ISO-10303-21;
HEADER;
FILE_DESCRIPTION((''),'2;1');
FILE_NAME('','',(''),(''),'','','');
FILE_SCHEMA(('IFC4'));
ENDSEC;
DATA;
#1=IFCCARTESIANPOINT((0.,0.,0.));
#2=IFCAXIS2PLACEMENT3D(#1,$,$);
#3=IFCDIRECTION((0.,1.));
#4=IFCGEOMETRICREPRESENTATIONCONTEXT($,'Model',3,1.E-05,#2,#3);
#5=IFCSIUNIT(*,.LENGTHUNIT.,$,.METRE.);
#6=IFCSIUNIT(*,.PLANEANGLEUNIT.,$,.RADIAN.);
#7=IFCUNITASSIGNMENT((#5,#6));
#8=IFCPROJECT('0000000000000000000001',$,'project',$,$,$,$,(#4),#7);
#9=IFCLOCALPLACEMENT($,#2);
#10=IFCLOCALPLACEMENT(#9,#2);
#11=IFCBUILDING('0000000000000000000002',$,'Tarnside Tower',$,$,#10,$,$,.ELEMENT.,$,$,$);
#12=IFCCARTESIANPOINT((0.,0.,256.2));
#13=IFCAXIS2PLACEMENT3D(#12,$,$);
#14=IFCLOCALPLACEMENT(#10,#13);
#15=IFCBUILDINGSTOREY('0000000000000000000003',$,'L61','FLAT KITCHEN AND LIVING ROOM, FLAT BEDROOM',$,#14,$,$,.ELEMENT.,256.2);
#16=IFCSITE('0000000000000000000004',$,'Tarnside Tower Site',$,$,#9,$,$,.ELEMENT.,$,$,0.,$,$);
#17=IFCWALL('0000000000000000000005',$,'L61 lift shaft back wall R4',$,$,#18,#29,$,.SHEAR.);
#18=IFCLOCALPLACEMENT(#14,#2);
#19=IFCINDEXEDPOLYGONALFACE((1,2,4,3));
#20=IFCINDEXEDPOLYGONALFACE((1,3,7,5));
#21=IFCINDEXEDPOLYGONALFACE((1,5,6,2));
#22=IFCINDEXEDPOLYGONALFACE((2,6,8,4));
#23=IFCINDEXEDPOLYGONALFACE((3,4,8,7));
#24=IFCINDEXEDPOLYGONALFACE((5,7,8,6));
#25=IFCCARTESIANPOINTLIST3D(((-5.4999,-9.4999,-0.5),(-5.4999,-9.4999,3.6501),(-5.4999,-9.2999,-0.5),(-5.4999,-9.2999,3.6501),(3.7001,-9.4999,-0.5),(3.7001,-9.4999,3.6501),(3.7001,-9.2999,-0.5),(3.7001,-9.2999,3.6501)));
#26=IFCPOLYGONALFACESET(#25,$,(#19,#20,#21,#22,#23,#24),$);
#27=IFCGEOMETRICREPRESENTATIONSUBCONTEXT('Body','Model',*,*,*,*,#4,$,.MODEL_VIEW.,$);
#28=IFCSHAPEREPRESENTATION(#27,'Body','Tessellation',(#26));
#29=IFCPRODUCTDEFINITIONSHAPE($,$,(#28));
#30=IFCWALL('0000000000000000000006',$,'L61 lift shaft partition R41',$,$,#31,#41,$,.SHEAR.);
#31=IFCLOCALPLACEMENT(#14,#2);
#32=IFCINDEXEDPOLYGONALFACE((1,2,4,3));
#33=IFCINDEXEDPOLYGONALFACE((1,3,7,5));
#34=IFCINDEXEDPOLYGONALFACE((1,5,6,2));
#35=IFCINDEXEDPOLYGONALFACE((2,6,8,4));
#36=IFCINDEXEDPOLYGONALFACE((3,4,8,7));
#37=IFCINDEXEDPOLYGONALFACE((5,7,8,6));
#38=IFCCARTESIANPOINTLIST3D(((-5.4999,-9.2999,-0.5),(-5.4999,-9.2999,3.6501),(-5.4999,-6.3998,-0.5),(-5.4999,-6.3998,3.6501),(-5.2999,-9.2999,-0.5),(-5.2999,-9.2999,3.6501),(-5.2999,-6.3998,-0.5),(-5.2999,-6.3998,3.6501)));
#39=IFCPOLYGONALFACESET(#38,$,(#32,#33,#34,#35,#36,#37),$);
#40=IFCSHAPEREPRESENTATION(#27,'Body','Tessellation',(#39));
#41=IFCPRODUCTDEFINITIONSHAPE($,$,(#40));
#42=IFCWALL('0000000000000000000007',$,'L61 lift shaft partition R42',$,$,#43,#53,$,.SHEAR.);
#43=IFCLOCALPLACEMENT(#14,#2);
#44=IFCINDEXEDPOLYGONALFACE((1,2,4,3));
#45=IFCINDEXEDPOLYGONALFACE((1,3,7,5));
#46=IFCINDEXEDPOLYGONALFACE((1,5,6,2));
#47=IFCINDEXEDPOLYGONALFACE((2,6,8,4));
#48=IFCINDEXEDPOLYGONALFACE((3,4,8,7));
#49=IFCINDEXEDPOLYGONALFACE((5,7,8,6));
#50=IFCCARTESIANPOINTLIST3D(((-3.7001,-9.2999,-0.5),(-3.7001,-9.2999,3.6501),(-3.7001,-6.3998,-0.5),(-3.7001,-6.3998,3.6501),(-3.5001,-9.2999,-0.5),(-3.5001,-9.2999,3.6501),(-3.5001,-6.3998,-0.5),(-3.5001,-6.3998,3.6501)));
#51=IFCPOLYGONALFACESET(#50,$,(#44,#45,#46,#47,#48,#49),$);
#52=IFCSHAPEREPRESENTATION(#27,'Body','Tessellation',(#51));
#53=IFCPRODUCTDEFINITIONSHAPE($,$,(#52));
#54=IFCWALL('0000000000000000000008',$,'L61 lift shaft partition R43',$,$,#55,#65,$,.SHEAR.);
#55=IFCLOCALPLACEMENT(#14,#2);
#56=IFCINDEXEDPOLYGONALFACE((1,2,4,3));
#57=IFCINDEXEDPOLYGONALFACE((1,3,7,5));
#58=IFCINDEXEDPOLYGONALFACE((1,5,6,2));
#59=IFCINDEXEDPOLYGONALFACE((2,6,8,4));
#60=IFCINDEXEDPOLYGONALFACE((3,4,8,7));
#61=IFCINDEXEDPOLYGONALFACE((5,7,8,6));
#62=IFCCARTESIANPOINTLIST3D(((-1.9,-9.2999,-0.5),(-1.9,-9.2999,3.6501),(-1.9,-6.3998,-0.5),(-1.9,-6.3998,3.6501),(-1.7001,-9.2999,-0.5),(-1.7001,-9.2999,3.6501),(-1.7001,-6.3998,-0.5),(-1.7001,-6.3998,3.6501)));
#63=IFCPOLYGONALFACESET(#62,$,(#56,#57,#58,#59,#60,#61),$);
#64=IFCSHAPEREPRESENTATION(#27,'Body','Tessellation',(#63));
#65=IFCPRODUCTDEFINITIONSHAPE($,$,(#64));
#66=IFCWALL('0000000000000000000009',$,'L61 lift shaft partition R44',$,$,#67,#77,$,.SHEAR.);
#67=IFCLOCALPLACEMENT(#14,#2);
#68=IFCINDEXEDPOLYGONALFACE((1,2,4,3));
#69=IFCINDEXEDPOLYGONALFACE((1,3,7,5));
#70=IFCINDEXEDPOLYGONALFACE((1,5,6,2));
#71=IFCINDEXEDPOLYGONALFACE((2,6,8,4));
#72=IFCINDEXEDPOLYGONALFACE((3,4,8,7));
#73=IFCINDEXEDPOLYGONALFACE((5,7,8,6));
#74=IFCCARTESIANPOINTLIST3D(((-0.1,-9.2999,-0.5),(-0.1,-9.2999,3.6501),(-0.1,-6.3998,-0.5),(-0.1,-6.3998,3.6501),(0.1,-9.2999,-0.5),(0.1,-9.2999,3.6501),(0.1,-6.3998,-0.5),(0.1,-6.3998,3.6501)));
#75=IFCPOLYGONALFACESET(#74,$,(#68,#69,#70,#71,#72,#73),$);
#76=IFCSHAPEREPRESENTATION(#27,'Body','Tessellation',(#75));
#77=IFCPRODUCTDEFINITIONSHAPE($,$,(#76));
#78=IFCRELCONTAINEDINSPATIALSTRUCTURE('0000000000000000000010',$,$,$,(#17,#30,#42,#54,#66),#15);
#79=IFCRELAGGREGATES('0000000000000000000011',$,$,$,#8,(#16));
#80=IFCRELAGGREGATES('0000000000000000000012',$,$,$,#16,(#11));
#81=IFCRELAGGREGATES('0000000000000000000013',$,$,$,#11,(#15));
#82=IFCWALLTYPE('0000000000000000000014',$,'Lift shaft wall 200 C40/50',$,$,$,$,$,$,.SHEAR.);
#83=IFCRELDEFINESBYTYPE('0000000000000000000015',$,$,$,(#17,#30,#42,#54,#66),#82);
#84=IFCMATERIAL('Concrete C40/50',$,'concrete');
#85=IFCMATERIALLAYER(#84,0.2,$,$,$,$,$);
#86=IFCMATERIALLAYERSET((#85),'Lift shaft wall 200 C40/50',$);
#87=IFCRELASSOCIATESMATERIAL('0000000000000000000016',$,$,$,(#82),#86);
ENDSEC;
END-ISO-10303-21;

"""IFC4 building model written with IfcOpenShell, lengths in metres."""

from ifc_helpers import new_model, si_unit, direction, frame, frame_2d, origin, place, context, subcontext, project, spatial, rectangle, extrude, material, layer, layer_set, type_object, element, save


model = new_model("IFC4")

# Units and contexts
model_context = context("Model", 3, precision=1e-05, world=origin(), true_north=direction((0.0, 1.0)))
body_context = subcontext(model_context, "Body", "Model", "MODEL_VIEW")
ifc_project = project(units=[si_unit("LENGTHUNIT", "METRE"), si_unit("PLANEANGLEUNIT", "RADIAN")], contexts=[model_context])

# Site, building, storey
site_placement = place(None, origin())
site = spatial("IfcSite", under=ifc_project, at=site_placement, Name="Tarnside Tower Site", CompositionType="ELEMENT", RefElevation=0.0)
building_placement = place(site_placement, origin())
building = spatial("IfcBuilding", under=site, at=building_placement, Name="Tarnside Tower", CompositionType="ELEMENT")
storey_placement = place(building_placement, frame((0.0, 0.0, 256.2)))
storey = spatial("IfcBuildingStorey", under=building, at=storey_placement, Name="L61", Description="FLAT KITCHEN AND LIVING ROOM, FLAT BEDROOM", CompositionType="ELEMENT", Elevation=256.2)

# Walls
ifc_material_1 = material(Name="Concrete C40/50", Category="concrete")
ifc_layer_1 = layer(ifc_material_1, 0.2)
ifc_layer_set_1 = layer_set([ifc_layer_1], Name="Lift shaft wall 200 C40/50")
wall_type_1 = type_object("IfcWallType", Name="Lift shaft wall 200 C40/50", PredefinedType="SHEAR", material=ifc_layer_set_1)
wall_1_placement = place(storey_placement, frame((-5.5, -9.3999, -0.5), z_axis=(0.0, 0.0, 1.0), x_axis=(1.0, 0.0, 0.0)))
element("IfcWall", 1, at=wall_1_placement, inside=storey, type_object=wall_type_1, Name="L61 lift shaft back wall R4", PredefinedType="SHEAR", context=body_context, shape_type="SweptSolid", body=[
    extrude(rectangle(XDim=9.2, YDim=0.2, at=frame_2d((4.6001, 0.0))), origin(), (0.0, 0.0, 1.0), 4.1501),
])
for number, where, z_axis, x_axis, name in (
    (2, (-5.3999, -9.3, -0.5), (0.0, 0.0, 1.0), (0.0, 1.0, 0.0), "L61 lift shaft partition R41"),
    (3, (-3.6001, -9.3, -0.5), (0.0, 0.0, 1.0), (0.0, 1.0, 0.0), "L61 lift shaft partition R42"),
    (4, (-1.8, -9.3, -0.5), (0.0, 0.0, 1.0), (0.0, 1.0, 0.0), "L61 lift shaft partition R43"),
    (5, (0.0, -9.3, -0.5), (0.0, 0.0, 1.0), (0.0, 1.0, 0.0), "L61 lift shaft partition R44"),
):
    element("IfcWall", number, at=place(storey_placement, frame(where, z_axis=z_axis, x_axis=x_axis)), inside=storey, type_object=wall_type_1, Name=name, PredefinedType="SHEAR", context=body_context, shape_type="SweptSolid", body=[
        extrude(rectangle(XDim=2.9001, YDim=0.2, at=frame_2d((1.4502, 0.0))), origin(), (0.0, 0.0, 1.0), 4.1501),
    ])

save(model, "model.ifc")
